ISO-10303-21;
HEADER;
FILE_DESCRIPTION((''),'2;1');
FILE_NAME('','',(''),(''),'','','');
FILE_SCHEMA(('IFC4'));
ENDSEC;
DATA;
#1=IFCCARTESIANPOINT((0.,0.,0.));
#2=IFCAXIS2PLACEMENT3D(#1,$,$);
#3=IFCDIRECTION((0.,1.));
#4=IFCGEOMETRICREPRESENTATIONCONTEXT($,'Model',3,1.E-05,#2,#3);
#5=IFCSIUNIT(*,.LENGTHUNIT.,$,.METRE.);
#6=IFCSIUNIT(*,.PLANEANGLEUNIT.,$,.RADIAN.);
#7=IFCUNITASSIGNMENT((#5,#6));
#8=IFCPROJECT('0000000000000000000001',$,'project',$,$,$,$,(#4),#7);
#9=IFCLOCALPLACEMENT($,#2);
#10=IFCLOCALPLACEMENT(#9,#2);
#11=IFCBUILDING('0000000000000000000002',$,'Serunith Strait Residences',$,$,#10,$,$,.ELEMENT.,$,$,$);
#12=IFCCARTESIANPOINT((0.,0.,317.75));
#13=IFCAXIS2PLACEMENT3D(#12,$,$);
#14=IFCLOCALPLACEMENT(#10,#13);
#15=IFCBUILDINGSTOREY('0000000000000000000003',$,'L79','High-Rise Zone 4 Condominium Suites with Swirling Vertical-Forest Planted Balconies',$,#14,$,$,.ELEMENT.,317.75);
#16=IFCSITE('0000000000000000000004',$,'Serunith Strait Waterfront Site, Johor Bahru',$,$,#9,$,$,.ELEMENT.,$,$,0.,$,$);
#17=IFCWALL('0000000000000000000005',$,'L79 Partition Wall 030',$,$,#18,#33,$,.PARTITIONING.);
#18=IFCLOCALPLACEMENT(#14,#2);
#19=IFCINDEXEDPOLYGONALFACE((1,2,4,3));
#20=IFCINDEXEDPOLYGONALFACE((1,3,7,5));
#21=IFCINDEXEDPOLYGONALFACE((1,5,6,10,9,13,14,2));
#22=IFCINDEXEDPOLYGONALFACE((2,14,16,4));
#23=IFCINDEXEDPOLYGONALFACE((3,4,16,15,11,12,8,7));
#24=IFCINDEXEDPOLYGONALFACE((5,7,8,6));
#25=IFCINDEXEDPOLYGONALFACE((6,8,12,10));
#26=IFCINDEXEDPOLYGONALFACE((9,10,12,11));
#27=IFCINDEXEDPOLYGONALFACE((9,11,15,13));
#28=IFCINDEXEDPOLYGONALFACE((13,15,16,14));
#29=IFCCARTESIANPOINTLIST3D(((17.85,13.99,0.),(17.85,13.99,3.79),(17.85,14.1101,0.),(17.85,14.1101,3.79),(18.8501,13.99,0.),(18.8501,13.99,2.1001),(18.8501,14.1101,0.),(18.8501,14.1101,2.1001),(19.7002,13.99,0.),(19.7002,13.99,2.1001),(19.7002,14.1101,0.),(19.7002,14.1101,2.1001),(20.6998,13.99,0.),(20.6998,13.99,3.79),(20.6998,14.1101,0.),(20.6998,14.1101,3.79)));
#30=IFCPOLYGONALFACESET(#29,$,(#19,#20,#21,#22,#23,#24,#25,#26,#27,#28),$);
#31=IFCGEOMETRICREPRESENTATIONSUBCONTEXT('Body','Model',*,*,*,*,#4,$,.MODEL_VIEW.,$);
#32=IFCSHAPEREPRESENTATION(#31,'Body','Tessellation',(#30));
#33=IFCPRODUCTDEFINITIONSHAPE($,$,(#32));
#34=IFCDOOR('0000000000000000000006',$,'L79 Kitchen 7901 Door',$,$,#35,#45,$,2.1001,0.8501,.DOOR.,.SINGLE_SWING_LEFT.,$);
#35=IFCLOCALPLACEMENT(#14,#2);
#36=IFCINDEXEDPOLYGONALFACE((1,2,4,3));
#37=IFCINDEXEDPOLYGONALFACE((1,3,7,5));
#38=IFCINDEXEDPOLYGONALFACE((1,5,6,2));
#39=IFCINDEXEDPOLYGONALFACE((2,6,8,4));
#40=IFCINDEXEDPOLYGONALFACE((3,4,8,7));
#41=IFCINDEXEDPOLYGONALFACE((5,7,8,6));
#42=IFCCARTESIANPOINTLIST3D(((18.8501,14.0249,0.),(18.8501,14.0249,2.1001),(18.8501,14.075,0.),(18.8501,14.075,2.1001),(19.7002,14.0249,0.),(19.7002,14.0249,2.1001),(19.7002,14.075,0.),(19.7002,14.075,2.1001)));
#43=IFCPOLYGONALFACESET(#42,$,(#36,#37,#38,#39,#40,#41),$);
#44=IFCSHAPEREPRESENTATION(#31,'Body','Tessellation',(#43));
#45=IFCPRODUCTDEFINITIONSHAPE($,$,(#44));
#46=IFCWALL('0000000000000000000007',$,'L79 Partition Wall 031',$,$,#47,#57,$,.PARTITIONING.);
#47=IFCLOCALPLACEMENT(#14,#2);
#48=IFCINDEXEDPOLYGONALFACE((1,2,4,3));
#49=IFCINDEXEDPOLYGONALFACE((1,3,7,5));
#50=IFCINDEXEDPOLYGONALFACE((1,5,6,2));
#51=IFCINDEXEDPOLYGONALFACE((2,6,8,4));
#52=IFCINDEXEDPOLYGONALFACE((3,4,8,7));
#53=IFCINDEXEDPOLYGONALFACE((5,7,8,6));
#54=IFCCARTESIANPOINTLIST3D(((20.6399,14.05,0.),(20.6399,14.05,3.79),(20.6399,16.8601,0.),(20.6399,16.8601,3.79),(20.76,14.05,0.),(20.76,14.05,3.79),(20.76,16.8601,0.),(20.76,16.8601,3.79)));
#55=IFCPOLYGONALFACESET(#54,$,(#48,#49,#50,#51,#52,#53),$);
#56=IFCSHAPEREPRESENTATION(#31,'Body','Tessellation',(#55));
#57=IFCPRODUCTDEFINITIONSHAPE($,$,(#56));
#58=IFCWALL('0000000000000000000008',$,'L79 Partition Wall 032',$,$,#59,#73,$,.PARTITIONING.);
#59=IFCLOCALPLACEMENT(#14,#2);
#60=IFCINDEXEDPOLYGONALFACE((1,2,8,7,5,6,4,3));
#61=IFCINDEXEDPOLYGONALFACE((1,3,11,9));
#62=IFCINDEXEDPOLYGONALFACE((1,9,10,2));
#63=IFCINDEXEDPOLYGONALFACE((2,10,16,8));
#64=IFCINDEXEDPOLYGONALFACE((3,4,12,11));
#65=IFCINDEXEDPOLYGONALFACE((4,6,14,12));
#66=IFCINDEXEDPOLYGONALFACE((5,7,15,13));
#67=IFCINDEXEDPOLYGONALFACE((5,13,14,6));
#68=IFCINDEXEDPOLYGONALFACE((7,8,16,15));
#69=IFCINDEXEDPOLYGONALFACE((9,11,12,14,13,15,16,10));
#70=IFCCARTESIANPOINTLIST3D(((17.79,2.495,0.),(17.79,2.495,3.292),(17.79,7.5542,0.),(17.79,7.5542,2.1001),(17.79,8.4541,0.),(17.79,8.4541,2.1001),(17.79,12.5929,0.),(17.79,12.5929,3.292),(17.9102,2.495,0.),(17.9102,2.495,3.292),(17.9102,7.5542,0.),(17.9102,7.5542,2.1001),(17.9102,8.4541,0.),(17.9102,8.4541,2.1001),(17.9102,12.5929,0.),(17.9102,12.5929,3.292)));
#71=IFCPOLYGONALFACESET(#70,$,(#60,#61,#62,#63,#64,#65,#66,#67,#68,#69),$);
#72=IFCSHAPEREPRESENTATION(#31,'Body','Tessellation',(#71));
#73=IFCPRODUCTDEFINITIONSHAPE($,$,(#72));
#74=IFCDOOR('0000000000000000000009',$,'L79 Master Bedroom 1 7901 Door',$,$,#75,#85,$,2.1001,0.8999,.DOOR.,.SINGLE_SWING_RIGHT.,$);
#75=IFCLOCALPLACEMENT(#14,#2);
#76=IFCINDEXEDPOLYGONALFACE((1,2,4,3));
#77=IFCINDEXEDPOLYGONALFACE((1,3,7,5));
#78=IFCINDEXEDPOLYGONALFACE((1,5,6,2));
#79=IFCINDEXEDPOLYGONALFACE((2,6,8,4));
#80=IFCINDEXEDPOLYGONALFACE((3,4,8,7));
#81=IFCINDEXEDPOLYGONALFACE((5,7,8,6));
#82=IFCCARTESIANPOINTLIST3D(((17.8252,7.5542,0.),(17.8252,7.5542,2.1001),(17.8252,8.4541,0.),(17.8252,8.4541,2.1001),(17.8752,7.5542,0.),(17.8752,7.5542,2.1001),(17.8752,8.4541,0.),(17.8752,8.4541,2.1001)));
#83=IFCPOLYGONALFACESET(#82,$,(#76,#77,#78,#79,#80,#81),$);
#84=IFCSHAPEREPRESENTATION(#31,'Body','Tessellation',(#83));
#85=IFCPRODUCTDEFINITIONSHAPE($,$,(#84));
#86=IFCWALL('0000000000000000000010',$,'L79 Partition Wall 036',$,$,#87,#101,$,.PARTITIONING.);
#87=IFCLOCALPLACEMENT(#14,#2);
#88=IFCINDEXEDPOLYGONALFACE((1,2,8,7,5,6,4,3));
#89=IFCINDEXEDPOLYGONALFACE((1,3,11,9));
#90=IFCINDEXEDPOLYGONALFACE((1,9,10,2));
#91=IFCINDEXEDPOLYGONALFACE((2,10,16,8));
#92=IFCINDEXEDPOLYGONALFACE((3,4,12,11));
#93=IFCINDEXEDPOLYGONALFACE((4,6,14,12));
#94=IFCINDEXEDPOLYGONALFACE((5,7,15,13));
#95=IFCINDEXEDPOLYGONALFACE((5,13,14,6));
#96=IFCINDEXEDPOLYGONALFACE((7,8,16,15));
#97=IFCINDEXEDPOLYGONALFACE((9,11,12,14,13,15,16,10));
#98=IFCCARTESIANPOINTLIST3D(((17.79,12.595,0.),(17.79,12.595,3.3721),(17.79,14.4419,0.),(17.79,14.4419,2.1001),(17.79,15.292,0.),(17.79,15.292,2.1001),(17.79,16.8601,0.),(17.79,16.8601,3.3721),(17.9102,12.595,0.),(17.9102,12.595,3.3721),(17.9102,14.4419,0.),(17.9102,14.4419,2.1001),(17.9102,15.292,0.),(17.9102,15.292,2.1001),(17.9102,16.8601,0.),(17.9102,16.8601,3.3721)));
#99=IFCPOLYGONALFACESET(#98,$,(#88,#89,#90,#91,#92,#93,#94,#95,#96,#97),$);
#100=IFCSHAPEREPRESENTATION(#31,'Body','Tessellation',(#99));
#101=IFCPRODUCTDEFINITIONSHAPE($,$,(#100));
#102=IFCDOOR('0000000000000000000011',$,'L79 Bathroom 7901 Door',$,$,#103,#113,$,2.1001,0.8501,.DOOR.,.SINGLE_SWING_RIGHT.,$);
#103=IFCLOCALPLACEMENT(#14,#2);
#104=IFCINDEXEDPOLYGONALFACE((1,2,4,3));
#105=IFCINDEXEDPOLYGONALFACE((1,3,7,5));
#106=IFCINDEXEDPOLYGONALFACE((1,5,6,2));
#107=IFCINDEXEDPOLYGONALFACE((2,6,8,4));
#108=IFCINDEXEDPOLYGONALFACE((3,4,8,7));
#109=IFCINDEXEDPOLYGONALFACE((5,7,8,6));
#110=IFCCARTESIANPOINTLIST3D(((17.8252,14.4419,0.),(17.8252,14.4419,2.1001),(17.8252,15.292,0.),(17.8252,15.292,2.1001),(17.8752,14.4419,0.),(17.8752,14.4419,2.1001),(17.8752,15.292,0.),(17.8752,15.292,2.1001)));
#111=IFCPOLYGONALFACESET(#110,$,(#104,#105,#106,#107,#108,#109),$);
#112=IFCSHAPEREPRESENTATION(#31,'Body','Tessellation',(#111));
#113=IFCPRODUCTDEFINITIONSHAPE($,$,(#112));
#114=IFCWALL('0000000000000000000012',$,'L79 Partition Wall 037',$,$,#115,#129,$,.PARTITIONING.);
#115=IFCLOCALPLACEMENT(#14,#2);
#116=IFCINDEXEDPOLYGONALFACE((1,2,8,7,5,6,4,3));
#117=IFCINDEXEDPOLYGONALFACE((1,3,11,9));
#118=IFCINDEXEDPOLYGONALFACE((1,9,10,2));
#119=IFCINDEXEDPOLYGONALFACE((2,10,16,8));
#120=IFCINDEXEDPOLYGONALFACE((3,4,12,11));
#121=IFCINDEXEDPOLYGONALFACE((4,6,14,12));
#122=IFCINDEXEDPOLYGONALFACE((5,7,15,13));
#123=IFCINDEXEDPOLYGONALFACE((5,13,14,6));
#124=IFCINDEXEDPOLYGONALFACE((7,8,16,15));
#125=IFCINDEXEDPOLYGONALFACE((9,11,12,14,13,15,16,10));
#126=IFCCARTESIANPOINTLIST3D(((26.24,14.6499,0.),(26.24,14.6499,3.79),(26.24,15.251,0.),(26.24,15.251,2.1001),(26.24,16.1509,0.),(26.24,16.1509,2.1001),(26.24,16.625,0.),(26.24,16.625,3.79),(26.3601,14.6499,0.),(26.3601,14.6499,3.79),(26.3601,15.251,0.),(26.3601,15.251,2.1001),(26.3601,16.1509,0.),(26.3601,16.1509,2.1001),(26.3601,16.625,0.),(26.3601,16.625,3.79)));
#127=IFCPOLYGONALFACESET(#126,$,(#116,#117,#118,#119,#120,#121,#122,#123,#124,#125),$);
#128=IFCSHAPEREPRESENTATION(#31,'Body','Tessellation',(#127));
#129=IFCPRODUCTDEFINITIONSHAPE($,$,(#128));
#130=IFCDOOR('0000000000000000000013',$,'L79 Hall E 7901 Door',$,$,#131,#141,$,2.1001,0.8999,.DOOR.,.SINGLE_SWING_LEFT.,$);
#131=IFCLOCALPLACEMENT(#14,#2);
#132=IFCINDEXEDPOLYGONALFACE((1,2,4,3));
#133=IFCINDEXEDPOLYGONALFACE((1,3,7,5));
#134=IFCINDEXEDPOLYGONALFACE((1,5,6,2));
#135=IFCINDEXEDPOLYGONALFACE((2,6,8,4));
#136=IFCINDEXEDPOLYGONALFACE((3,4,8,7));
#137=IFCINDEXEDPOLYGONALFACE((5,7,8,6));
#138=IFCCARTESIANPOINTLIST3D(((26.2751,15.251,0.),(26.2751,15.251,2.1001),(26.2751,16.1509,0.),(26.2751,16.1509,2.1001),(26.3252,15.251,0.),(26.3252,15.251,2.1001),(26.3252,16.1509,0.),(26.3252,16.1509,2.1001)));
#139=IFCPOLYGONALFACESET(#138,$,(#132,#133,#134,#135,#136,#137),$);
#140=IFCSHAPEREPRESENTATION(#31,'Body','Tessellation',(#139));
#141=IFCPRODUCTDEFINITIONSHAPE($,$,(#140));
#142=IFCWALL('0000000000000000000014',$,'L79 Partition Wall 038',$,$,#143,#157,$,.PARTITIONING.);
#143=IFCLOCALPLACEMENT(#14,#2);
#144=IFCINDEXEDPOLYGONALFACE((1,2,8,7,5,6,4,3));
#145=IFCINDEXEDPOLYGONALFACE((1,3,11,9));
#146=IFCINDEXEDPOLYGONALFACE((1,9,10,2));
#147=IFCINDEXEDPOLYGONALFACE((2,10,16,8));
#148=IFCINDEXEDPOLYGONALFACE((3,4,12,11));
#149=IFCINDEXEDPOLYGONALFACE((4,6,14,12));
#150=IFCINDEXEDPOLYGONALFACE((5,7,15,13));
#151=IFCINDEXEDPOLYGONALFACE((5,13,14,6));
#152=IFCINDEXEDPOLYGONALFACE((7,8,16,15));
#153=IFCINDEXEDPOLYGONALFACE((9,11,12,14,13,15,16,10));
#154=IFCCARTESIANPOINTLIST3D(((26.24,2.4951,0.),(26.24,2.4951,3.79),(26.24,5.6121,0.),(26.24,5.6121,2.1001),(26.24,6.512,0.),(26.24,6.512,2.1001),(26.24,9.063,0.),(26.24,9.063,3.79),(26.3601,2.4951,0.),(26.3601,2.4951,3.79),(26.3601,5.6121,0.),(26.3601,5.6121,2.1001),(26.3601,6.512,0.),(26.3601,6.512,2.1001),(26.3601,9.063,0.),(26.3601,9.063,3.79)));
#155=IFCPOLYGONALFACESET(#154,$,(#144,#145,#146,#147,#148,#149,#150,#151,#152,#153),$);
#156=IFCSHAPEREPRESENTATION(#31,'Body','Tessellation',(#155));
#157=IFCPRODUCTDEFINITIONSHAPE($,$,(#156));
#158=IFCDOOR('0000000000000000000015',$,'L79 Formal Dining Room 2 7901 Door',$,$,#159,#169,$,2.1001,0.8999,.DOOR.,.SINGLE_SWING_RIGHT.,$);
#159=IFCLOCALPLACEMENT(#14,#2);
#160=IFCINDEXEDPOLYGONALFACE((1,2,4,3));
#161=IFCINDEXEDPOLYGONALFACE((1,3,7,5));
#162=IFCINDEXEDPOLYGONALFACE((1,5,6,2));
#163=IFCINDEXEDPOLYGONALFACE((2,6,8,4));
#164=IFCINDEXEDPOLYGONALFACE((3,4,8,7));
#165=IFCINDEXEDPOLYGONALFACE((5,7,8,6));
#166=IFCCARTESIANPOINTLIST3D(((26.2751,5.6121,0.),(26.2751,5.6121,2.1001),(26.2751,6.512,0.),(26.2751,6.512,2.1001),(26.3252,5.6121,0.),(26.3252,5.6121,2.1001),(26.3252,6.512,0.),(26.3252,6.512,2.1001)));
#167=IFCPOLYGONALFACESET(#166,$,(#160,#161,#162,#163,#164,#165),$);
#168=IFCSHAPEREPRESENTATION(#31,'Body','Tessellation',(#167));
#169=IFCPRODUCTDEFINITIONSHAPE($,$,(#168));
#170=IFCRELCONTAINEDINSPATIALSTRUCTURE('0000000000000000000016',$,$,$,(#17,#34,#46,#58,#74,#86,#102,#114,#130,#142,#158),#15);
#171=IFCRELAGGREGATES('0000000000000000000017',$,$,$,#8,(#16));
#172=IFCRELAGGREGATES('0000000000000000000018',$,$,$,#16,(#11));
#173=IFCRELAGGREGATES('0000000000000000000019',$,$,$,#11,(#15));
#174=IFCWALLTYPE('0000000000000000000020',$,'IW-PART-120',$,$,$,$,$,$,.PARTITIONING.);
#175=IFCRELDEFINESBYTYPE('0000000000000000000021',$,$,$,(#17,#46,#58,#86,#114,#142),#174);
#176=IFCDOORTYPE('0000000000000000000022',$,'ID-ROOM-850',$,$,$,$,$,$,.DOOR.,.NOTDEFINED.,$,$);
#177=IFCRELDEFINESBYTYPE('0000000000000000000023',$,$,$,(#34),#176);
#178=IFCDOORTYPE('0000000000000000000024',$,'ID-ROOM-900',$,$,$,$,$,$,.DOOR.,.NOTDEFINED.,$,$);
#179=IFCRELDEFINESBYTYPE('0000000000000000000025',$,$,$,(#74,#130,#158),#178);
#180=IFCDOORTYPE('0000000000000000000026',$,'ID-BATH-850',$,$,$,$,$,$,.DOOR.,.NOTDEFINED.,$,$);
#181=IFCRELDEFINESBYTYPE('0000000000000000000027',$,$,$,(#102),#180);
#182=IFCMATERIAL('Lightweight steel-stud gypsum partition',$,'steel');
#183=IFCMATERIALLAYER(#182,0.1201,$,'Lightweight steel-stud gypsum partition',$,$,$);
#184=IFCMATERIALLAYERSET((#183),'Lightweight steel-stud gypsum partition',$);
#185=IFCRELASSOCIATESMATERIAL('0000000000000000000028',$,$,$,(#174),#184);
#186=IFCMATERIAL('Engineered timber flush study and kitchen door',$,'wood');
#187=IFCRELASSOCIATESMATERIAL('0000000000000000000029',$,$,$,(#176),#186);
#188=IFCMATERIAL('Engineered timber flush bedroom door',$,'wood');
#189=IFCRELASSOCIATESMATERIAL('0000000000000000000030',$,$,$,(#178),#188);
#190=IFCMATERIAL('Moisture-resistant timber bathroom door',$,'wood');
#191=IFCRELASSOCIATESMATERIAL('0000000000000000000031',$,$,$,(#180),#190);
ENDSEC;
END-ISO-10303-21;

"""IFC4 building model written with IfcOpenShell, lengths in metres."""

from ifc_helpers import new_model, si_unit, direction, frame, frame_2d, origin, place, context, subcontext, project, spatial, rectangle, extrude, source, transform, mapped, material, layer, layer_set, type_object, element, fill, save


model = new_model("IFC4")

# Units and contexts
model_context = context("Model", 3, precision=1e-05, world=origin(), true_north=direction((0.0, 1.0)))
body_context = subcontext(model_context, "Body", "Model", "MODEL_VIEW")
ifc_project = project(units=[si_unit("LENGTHUNIT", "METRE"), si_unit("PLANEANGLEUNIT", "RADIAN")], contexts=[model_context])

# Site, building, storey
site_placement = place(None, origin())
site = spatial("IfcSite", under=ifc_project, at=site_placement, Name="Serunith Strait Waterfront Site, Johor Bahru", CompositionType="ELEMENT", RefElevation=0.0)
building_placement = place(site_placement, origin())
building = spatial("IfcBuilding", under=site, at=building_placement, Name="Serunith Strait Residences", CompositionType="ELEMENT")
storey_placement = place(building_placement, frame((0.0, 0.0, 317.75)))
storey = spatial("IfcBuildingStorey", under=building, at=storey_placement, Name="L79", Description="High-Rise Zone 4 Condominium Suites with Swirling Vertical-Forest Planted Balconies", CompositionType="ELEMENT", Elevation=317.75)

# Wall, opening, door
ifc_material_1 = material(Name="Lightweight steel-stud gypsum partition", Category="steel")
ifc_layer_1 = layer(ifc_material_1, 0.1201, Name="Lightweight steel-stud gypsum partition")
ifc_layer_set_1 = layer_set([ifc_layer_1], Name="Lightweight steel-stud gypsum partition")
wall_type = type_object("IfcWallType", Name="IW-PART-120", PredefinedType="PARTITIONING", material=ifc_layer_set_1)
wall_1_placement = place(storey_placement, frame((17.8501, 14.05, 0.0), z_axis=(0.0, 0.0, 1.0), x_axis=(1.0, 0.0, 0.0)))
wall_1 = element("IfcWall", 1, at=wall_1_placement, inside=storey, type_object=wall_type, Name="L79 Partition Wall 030", PredefinedType="PARTITIONING", context=body_context, shape_type="SweptSolid", body=[
    extrude(rectangle(XDim=2.8499, YDim=0.1201, at=frame_2d((1.4248, 0.0))), origin(), (0.0, 0.0, 1.0), 3.79),
])
opening_1_placement = place(wall_1_placement, frame((1.0, 0.0, 0.0)))
opening_1 = element("IfcOpeningElement", 2, at=opening_1_placement, cuts=wall_1, PredefinedType="OPENING", context=body_context, shape_type="SweptSolid", body=[
    extrude(rectangle(XDim=0.8501, YDim=2.1001, at=frame_2d((0.425, 1.05))), frame((0.0, 0.0701, 0.0), z_axis=(0.0, -1.0, 0.0), x_axis=(1.0, 0.0, 0.0)), (0.0, 0.0, 1.0), 0.1401),
])
ifc_material_2 = material(Name="Engineered timber flush study and kitchen door", Category="wood")
door_type_1 = type_object("IfcDoorType", Name="ID-ROOM-850", OperationType="NOTDEFINED", PredefinedType="DOOR", material=ifc_material_2)
shared_shape_1 = source(origin(), body_context, "Body", "SweptSolid", [
    extrude(rectangle(XDim=0.8501, YDim=2.1001, at=frame_2d((0.425, 1.05))), frame((0.0, 0.0249, 0.0), z_axis=(0.0, -1.0, 0.0), x_axis=(1.0, 0.0, 0.0)), (0.0, 0.0, 1.0), 0.05),
])
door_1_placement = place(opening_1_placement, origin())
door_1 = element("IfcDoor", 3, at=door_1_placement, inside=storey, type_object=door_type_1, Name="L79 Kitchen 7901 Door", OperationType="SINGLE_SWING_LEFT", OverallHeight=2.1001, OverallWidth=0.8501, PredefinedType="DOOR", context=body_context, shape_type="MappedRepresentation", body=[
    mapped(shared_shape_1, transform((0.0, 0.0, 0.0), scale=1.0)),
])
fill(opening_1, door_1)

# Wall
wall_2_placement = place(storey_placement, frame((20.7, 14.05, 0.0), z_axis=(0.0, 0.0, 1.0), x_axis=(0.0, 1.0, 0.0)))
element("IfcWall", 4, at=wall_2_placement, inside=storey, type_object=wall_type, Name="L79 Partition Wall 031", PredefinedType="PARTITIONING", context=body_context, shape_type="SweptSolid", body=[
    extrude(rectangle(XDim=2.8101, YDim=0.1201, at=frame_2d((1.405, 0.0))), origin(), (0.0, 0.0, 1.0), 3.79),
])

# Walls, openings, doors
wall_3_placement = place(storey_placement, frame((17.8501, 2.4951, 0.0), z_axis=(0.0, 0.0, 1.0), x_axis=(0.0, 1.0, 0.0)))
wall_3 = element("IfcWall", 5, at=wall_3_placement, inside=storey, type_object=wall_type, Name="L79 Partition Wall 032", PredefinedType="PARTITIONING", context=body_context, shape_type="SweptSolid", body=[
    extrude(rectangle(XDim=10.0979, YDim=0.1201, at=frame_2d((5.0488, 0.0))), origin(), (0.0, 0.0, 1.0), 3.292),
])
opening_2_placement = place(wall_3_placement, frame((5.0591, 0.0, 0.0)))
opening_2 = element("IfcOpeningElement", 6, at=opening_2_placement, cuts=wall_3, PredefinedType="OPENING", context=body_context, shape_type="SweptSolid", body=[
    extrude(rectangle(XDim=0.8999, YDim=2.1001, at=frame_2d((0.45, 1.05))), frame((0.0, 0.0701, 0.0), z_axis=(0.0, -1.0, 0.0), x_axis=(1.0, 0.0, 0.0)), (0.0, 0.0, 1.0), 0.1401),
])
ifc_material_3 = material(Name="Engineered timber flush bedroom door", Category="wood")
door_type_2 = type_object("IfcDoorType", Name="ID-ROOM-900", OperationType="NOTDEFINED", PredefinedType="DOOR", material=ifc_material_3)
shared_shape_2 = source(origin(), body_context, "Body", "SweptSolid", [
    extrude(rectangle(XDim=0.8999, YDim=2.1001, at=frame_2d((0.45, 1.05))), frame((0.0, 0.0249, 0.0), z_axis=(0.0, -1.0, 0.0), x_axis=(1.0, 0.0, 0.0)), (0.0, 0.0, 1.0), 0.05),
])
door_2_placement = place(opening_2_placement, origin())
door_2 = element("IfcDoor", 7, at=door_2_placement, inside=storey, type_object=door_type_2, Name="L79 Master Bedroom 1 7901 Door", OperationType="SINGLE_SWING_RIGHT", OverallHeight=2.1001, OverallWidth=0.8999, PredefinedType="DOOR", context=body_context, shape_type="MappedRepresentation", body=[
    mapped(shared_shape_2, transform((0.0, 0.0, 0.0), scale=1.0)),
])
fill(opening_2, door_2)
wall_4_placement = place(storey_placement, frame((17.8501, 12.595, 0.0), z_axis=(0.0, 0.0, 1.0), x_axis=(0.0, 1.0, 0.0)))
wall_4 = element("IfcWall", 8, at=wall_4_placement, inside=storey, type_object=wall_type, Name="L79 Partition Wall 036", PredefinedType="PARTITIONING", context=body_context, shape_type="SweptSolid", body=[
    extrude(rectangle(XDim=4.2651, YDim=0.1201, at=frame_2d((2.1326, 0.0))), origin(), (0.0, 0.0, 1.0), 3.3721),
])
opening_3_placement = place(wall_4_placement, frame((1.8469, 0.0, 0.0)))
opening_3 = element("IfcOpeningElement", 9, at=opening_3_placement, cuts=wall_4, PredefinedType="OPENING", context=body_context, shape_type="SweptSolid", body=[
    extrude(rectangle(XDim=0.8501, YDim=2.1001, at=frame_2d((0.425, 1.05))), frame((0.0, 0.0701, 0.0), z_axis=(0.0, -1.0, 0.0), x_axis=(1.0, 0.0, 0.0)), (0.0, 0.0, 1.0), 0.1401),
])
ifc_material_4 = material(Name="Moisture-resistant timber bathroom door", Category="wood")
door_type_3 = type_object("IfcDoorType", Name="ID-BATH-850", OperationType="NOTDEFINED", PredefinedType="DOOR", material=ifc_material_4)
door_3_placement = place(opening_3_placement, origin())
door_3 = element("IfcDoor", 10, at=door_3_placement, inside=storey, type_object=door_type_3, Name="L79 Bathroom 7901 Door", OperationType="SINGLE_SWING_RIGHT", OverallHeight=2.1001, OverallWidth=0.8501, PredefinedType="DOOR", context=body_context, shape_type="MappedRepresentation", body=[
    mapped(shared_shape_1, transform((0.0, 0.0, 0.0), scale=1.0)),
])
fill(opening_3, door_3)
wall_5_placement = place(storey_placement, frame((26.3, 14.6499, 0.0), z_axis=(0.0, 0.0, 1.0), x_axis=(0.0, 1.0, 0.0)))
wall_5 = element("IfcWall", 11, at=wall_5_placement, inside=storey, type_object=wall_type, Name="L79 Partition Wall 037", PredefinedType="PARTITIONING", context=body_context, shape_type="SweptSolid", body=[
    extrude(rectangle(XDim=1.9751, YDim=0.1201, at=frame_2d((0.9875, 0.0))), origin(), (0.0, 0.0, 1.0), 3.79),
])
opening_4_placement = place(wall_5_placement, frame((0.6011, 0.0, 0.0)))
opening_4 = element("IfcOpeningElement", 12, at=opening_4_placement, cuts=wall_5, PredefinedType="OPENING", context=body_context, shape_type="SweptSolid", body=[
    extrude(rectangle(XDim=0.8999, YDim=2.1001, at=frame_2d((0.45, 1.05))), frame((0.0, 0.0701, 0.0), z_axis=(0.0, -1.0, 0.0), x_axis=(1.0, 0.0, 0.0)), (0.0, 0.0, 1.0), 0.1401),
])
door_4_placement = place(opening_4_placement, origin())
door_4 = element("IfcDoor", 13, at=door_4_placement, inside=storey, type_object=door_type_2, Name="L79 Hall E 7901 Door", OperationType="SINGLE_SWING_LEFT", OverallHeight=2.1001, OverallWidth=0.8999, PredefinedType="DOOR", context=body_context, shape_type="MappedRepresentation", body=[
    mapped(shared_shape_2, transform((0.0, 0.0, 0.0), scale=1.0)),
])
fill(opening_4, door_4)
wall_6_placement = place(storey_placement, frame((26.3, 2.4951, 0.0), z_axis=(0.0, 0.0, 1.0), x_axis=(0.0, 1.0, 0.0)))
wall_6 = element("IfcWall", 14, at=wall_6_placement, inside=storey, type_object=wall_type, Name="L79 Partition Wall 038", PredefinedType="PARTITIONING", context=body_context, shape_type="SweptSolid", body=[
    extrude(rectangle(XDim=6.5679, YDim=0.1201, at=frame_2d((3.2839, 0.0))), origin(), (0.0, 0.0, 1.0), 3.79),
])
opening_5_placement = place(wall_6_placement, frame((3.1169, 0.0, 0.0)))
opening_5 = element("IfcOpeningElement", 15, at=opening_5_placement, cuts=wall_6, PredefinedType="OPENING", context=body_context, shape_type="SweptSolid", body=[
    extrude(rectangle(XDim=0.8999, YDim=2.1001, at=frame_2d((0.45, 1.05))), frame((0.0, 0.0701, 0.0), z_axis=(0.0, -1.0, 0.0), x_axis=(1.0, 0.0, 0.0)), (0.0, 0.0, 1.0), 0.1401),
])
door_5_placement = place(opening_5_placement, origin())
door_5 = element("IfcDoor", 16, at=door_5_placement, inside=storey, type_object=door_type_2, Name="L79 Formal Dining Room 2 7901 Door", OperationType="SINGLE_SWING_RIGHT", OverallHeight=2.1001, OverallWidth=0.8999, PredefinedType="DOOR", context=body_context, shape_type="MappedRepresentation", body=[
    mapped(shared_shape_2, transform((0.0, 0.0, 0.0), scale=1.0)),
])
fill(opening_5, door_5)

save(model, "model.ifc")
